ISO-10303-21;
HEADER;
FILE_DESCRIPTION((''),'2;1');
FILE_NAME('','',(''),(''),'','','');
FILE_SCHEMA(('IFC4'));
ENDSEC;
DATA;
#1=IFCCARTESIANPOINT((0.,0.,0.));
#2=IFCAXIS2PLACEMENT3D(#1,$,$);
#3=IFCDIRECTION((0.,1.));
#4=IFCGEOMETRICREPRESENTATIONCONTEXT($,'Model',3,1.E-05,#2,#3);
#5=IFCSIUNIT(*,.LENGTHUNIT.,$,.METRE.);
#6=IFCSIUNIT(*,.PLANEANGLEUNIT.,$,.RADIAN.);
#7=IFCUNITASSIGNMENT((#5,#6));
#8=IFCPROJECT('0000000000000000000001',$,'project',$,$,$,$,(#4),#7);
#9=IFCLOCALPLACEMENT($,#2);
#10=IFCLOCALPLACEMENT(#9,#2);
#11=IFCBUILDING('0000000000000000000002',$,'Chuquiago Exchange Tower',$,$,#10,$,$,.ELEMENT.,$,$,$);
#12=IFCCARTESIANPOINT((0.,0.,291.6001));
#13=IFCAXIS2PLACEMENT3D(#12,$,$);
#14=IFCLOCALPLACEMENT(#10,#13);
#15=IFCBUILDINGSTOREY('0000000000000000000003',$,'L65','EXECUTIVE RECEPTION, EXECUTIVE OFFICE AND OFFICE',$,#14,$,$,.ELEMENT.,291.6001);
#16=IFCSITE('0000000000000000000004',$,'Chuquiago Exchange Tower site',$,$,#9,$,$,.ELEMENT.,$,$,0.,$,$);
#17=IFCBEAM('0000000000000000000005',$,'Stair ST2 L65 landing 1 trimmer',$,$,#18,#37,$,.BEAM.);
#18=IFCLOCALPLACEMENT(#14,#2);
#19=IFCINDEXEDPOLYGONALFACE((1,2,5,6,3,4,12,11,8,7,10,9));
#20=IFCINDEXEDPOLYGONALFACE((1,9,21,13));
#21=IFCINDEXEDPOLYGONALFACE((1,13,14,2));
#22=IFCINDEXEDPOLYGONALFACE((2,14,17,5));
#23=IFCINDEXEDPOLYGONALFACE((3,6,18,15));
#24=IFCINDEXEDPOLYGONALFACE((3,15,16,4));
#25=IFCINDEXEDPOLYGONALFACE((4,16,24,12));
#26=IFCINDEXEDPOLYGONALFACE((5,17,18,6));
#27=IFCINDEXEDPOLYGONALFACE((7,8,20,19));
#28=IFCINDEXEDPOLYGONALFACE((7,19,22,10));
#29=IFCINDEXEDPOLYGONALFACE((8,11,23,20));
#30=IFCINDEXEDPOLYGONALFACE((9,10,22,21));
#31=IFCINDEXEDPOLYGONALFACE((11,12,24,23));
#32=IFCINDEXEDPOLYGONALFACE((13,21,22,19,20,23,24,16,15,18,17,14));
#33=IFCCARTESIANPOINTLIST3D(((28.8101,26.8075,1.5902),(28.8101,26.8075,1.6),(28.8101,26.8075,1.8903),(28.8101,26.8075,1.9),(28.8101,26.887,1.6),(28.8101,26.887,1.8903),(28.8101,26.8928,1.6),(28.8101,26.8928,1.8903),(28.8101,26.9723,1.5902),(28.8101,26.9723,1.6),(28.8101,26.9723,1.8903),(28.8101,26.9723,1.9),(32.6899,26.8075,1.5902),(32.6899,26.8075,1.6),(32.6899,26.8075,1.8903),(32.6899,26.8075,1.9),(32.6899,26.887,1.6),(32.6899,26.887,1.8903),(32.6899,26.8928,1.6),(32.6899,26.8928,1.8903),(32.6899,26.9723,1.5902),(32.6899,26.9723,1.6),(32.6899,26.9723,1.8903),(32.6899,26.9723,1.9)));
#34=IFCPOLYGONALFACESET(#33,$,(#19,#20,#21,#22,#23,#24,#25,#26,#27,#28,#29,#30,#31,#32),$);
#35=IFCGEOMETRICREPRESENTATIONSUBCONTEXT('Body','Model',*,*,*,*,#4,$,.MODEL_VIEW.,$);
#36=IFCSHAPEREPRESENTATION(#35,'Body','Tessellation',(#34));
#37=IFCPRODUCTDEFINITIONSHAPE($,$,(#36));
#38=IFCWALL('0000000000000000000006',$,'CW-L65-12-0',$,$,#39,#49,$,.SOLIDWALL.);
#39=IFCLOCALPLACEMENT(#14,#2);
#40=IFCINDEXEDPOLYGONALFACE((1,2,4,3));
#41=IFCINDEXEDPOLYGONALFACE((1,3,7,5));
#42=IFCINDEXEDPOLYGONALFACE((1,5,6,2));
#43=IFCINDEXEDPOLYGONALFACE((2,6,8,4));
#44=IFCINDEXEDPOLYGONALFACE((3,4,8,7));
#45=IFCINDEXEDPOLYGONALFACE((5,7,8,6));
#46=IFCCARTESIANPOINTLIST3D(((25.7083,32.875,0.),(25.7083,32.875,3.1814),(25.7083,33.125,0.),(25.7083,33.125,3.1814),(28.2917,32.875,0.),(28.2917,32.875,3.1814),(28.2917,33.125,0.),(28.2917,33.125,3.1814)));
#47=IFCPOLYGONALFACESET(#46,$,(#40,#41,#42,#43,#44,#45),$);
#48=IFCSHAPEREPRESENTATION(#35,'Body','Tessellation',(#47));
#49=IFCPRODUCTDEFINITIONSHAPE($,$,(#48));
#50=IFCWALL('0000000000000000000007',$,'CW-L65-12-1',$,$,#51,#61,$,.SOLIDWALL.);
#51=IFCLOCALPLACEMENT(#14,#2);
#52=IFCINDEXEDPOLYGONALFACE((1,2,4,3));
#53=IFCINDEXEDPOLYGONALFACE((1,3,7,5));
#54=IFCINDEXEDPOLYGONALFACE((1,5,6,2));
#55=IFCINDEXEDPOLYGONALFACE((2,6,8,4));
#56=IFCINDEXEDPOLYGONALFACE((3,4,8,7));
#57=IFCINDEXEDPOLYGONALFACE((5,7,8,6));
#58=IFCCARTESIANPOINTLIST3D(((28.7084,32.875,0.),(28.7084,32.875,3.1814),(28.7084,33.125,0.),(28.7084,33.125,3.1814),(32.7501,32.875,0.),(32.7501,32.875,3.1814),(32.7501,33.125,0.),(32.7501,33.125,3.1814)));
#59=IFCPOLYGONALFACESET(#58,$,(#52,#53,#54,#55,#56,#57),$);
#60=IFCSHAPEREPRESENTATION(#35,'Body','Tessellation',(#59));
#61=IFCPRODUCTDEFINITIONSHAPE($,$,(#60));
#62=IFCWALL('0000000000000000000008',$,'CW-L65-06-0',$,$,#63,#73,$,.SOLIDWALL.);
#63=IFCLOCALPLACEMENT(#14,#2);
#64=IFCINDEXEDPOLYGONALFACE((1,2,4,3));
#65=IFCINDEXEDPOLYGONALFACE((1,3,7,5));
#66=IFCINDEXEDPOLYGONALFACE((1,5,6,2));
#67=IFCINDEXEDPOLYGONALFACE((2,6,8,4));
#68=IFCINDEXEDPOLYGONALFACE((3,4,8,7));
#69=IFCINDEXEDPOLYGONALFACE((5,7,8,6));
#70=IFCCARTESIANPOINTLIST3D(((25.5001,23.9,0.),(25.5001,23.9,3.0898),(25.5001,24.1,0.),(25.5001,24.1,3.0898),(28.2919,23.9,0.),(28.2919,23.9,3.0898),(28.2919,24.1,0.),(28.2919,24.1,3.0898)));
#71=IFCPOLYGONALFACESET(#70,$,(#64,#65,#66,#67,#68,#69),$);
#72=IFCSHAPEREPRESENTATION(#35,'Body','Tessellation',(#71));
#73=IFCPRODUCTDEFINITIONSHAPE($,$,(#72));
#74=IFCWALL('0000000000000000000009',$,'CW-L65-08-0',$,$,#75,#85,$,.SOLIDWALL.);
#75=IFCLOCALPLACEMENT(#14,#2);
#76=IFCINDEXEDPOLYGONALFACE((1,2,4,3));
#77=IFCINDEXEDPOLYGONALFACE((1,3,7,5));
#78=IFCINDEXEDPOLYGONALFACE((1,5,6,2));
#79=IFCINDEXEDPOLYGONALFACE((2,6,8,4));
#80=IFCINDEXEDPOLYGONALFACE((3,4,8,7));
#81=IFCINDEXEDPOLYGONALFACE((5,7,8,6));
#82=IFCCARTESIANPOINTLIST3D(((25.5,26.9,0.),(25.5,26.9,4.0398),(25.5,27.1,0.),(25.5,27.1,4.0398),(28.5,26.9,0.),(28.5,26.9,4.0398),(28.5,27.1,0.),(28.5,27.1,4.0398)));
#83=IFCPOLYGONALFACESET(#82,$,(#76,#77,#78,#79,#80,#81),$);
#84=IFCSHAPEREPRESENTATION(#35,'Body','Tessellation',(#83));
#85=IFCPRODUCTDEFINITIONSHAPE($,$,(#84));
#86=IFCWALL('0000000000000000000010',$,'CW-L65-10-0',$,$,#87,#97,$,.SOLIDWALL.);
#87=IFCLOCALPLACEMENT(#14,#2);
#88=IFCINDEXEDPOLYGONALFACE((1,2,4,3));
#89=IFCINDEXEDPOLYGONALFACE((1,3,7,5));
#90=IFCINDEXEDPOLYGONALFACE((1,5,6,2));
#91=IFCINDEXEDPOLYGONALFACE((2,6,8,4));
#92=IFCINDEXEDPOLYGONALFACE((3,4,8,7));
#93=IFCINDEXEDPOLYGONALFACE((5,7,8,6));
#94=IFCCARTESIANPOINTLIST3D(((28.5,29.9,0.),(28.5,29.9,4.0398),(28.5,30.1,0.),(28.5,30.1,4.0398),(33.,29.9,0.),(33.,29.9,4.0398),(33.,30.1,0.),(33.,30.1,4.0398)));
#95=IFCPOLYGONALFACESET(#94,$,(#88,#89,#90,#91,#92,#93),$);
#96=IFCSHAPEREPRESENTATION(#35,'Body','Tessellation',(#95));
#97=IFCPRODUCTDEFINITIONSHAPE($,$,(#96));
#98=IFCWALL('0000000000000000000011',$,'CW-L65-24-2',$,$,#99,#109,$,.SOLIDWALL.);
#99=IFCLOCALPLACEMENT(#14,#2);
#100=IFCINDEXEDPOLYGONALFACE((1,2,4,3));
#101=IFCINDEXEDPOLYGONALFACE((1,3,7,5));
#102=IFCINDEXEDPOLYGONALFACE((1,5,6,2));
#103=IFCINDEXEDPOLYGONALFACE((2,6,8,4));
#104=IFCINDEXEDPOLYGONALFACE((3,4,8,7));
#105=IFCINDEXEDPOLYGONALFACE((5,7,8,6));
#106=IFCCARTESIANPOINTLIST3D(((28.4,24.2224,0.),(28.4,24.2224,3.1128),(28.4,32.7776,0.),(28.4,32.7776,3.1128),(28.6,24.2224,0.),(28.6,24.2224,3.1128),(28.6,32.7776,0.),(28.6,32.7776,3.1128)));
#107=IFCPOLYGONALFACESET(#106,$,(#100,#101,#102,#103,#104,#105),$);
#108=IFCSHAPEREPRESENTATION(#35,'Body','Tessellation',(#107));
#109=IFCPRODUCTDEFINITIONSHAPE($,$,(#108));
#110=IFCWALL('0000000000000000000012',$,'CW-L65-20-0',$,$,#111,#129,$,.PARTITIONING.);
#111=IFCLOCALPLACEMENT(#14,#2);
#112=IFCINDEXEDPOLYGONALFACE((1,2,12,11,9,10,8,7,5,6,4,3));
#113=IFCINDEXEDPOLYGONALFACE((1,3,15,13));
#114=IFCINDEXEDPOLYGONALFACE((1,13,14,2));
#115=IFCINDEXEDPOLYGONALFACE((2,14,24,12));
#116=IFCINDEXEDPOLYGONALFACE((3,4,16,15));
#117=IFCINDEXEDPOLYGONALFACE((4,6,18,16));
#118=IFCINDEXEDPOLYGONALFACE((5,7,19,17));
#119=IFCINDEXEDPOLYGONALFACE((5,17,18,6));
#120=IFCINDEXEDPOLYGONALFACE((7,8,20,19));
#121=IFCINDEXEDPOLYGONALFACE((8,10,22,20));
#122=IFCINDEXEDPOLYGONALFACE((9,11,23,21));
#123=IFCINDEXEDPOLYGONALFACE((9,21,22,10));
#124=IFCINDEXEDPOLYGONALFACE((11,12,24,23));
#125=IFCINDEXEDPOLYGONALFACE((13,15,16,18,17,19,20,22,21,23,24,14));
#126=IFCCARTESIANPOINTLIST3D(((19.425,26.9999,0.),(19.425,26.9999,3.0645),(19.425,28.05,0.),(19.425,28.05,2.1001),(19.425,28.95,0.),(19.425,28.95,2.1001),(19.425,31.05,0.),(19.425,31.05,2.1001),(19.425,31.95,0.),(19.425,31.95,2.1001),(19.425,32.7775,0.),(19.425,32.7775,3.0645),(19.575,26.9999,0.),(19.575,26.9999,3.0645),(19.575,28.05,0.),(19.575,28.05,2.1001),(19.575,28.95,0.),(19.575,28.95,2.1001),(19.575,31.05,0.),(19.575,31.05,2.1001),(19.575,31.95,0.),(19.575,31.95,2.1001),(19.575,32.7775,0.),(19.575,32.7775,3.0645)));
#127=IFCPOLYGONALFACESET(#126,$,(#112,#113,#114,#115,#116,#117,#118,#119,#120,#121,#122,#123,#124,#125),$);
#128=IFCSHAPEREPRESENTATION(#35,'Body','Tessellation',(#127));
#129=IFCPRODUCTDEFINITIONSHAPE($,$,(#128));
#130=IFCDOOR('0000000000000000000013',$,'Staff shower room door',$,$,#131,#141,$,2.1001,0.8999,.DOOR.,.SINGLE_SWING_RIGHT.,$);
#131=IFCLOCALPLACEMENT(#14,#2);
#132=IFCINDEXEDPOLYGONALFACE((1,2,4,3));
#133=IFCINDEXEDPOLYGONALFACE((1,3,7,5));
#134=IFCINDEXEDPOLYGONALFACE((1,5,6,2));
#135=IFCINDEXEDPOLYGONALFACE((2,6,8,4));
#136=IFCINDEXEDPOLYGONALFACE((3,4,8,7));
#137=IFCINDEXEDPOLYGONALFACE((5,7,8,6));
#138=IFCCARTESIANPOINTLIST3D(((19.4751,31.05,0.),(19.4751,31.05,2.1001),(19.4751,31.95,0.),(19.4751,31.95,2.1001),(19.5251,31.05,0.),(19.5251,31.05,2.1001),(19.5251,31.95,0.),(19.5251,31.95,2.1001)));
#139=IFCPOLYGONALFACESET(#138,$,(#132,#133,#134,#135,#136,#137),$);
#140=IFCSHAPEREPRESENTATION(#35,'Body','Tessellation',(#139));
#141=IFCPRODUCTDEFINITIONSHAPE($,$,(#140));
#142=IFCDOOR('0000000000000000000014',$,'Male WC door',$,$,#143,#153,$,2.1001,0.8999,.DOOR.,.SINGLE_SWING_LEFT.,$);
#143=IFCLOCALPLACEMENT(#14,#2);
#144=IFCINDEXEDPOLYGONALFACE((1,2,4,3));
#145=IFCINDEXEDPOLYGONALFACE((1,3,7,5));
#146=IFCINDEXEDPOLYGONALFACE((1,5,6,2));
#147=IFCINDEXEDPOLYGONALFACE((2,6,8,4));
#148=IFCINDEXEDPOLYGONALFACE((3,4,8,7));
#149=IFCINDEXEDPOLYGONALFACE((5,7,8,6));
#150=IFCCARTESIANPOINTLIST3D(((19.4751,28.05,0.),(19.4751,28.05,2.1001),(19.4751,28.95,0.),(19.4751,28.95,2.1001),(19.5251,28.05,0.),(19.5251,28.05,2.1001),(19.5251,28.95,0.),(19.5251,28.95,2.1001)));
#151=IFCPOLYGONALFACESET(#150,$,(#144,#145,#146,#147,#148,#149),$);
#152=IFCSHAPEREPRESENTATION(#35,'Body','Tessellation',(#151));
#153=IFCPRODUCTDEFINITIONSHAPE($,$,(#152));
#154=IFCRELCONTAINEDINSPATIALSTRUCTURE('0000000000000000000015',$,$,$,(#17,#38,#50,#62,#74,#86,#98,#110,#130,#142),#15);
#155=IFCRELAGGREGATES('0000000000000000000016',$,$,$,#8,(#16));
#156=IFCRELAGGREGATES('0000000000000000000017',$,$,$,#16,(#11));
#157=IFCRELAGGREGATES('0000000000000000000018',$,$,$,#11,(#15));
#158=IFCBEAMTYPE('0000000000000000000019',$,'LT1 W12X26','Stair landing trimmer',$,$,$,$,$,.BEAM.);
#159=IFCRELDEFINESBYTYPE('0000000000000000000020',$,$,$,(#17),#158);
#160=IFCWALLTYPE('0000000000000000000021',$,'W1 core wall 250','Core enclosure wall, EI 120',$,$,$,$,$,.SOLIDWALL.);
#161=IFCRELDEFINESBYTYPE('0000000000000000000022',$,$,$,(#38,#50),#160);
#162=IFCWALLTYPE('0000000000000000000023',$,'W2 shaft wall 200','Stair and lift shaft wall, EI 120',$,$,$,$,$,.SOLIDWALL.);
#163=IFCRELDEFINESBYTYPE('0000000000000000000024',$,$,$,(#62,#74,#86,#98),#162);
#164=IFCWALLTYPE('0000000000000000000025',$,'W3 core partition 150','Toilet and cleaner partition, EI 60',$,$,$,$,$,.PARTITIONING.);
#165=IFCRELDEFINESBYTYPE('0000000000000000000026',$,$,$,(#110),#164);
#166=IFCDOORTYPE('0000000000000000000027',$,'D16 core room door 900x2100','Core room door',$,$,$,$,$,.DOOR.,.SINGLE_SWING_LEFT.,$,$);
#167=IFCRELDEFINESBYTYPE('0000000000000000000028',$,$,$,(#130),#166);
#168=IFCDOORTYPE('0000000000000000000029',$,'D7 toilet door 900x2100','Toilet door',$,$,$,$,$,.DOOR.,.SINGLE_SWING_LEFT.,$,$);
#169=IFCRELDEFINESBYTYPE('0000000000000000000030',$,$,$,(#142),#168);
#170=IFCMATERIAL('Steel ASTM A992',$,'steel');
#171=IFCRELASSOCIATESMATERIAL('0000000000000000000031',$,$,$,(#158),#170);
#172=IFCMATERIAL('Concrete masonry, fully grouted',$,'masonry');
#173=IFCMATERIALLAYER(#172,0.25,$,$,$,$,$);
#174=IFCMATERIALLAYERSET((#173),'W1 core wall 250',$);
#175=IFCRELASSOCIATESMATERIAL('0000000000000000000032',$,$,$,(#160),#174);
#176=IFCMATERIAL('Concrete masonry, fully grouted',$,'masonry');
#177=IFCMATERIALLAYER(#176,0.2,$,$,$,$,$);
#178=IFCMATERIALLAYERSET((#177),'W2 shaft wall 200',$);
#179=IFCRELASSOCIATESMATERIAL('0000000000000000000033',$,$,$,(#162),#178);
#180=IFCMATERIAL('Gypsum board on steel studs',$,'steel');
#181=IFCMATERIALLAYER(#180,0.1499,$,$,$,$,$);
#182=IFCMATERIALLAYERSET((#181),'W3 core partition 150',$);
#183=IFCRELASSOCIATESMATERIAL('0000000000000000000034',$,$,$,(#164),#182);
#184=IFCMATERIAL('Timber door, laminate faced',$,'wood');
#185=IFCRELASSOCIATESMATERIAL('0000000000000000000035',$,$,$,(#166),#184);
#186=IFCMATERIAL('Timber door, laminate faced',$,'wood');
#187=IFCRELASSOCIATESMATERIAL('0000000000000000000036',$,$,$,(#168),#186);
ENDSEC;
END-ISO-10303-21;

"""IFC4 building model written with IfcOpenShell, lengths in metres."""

from ifc_helpers import new_model, si_unit, direction, frame, frame_2d, origin, origin_2d, place, context, subcontext, project, spatial, rectangle, i_section, extrude, material, layer, layer_set, material_profile, profile_set, type_object, element, fill, save


model = new_model("IFC4")

# Units and contexts
model_context = context("Model", 3, precision=1e-05, world=origin(), true_north=direction((0.0, 1.0)))
body_context = subcontext(model_context, "Body", "Model", "MODEL_VIEW")
ifc_project = project(units=[si_unit("LENGTHUNIT", "METRE"), si_unit("PLANEANGLEUNIT", "RADIAN")], contexts=[model_context])

# Site, building, storey
site_placement = place(None, origin())
site = spatial("IfcSite", under=ifc_project, at=site_placement, Name="Chuquiago Exchange Tower site", CompositionType="ELEMENT", RefElevation=0.0)
building_placement = place(site_placement, origin())
building = spatial("IfcBuilding", under=site, at=building_placement, Name="Chuquiago Exchange Tower", CompositionType="ELEMENT")
storey_placement = place(building_placement, frame((0.0, 0.0, 291.6001)))
storey = spatial("IfcBuildingStorey", under=building, at=storey_placement, Name="L65", Description="EXECUTIVE RECEPTION, EXECUTIVE OFFICE AND OFFICE", CompositionType="ELEMENT", Elevation=291.6001)

# Beam
ifc_material_1 = material(Name="Steel ASTM A992", Category="steel")
ifc_material_profile_1 = material_profile(ifc_material_1, i_section(OverallWidth=0.1648, OverallDepth=0.3098, WebThickness=0.0059, FlangeThickness=0.0098, at=origin_2d()), Name="W12X26")
ifc_profile_set_1 = profile_set([ifc_material_profile_1], Name="Steel ASTM A992")
beam_type_1 = type_object("IfcBeamType", Name="LT1 W12X26", Description="Stair landing trimmer", PredefinedType="BEAM", material=ifc_profile_set_1)
for number, where, z_axis, x_axis, name in (
    (1, (28.8101, 26.8899, 1.7451), (1.0, 0.0, 0.0), (0.0, 1.0, 0.0), "Stair ST2 L65 landing 1 trimmer"),
):
    element("IfcBeam", number, at=place(storey_placement, frame(where, z_axis=z_axis, x_axis=x_axis)), inside=storey, type_object=beam_type_1, Name=name, PredefinedType="BEAM", context=body_context, shape_type="SweptSolid", body=[
        extrude(i_section(OverallWidth=0.1648, OverallDepth=0.3098, WebThickness=0.0059, FlangeThickness=0.0098, at=origin_2d()), origin(), (0.0, 0.0, 1.0), 3.8799),
    ])

# Walls
ifc_material_2 = material(Name="Concrete masonry, fully grouted", Category="masonry")
ifc_layer_1 = layer(ifc_material_2, 0.25)
ifc_layer_set_1 = layer_set([ifc_layer_1], Name="W1 core wall 250")
wall_type_1 = type_object("IfcWallType", Name="W1 core wall 250", Description="Core enclosure wall, EI 120", PredefinedType="SOLIDWALL", material=ifc_layer_set_1)
wall_1_placement = place(storey_placement, frame((25.7083, 33.0, 0.0), z_axis=(0.0, 0.0, 1.0), x_axis=(1.0, 0.0, 0.0)))
element("IfcWall", 2, at=wall_1_placement, inside=storey, type_object=wall_type_1, Name="CW-L65-12-0", PredefinedType="SOLIDWALL", context=body_context, shape_type="SweptSolid", body=[
    extrude(rectangle(XDim=2.5835, YDim=0.25, at=frame_2d((1.2917, 0.0))), origin(), (0.0, 0.0, 1.0), 3.1814),
])
wall_2_placement = place(storey_placement, frame((28.7083, 33.0, 0.0), z_axis=(0.0, 0.0, 1.0), x_axis=(1.0, 0.0, 0.0)))
element("IfcWall", 3, at=wall_2_placement, inside=storey, type_object=wall_type_1, Name="CW-L65-12-1", PredefinedType="SOLIDWALL", context=body_context, shape_type="SweptSolid", body=[
    extrude(rectangle(XDim=4.0417, YDim=0.25, at=frame_2d((2.021, 0.0))), origin(), (0.0, 0.0, 1.0), 3.1814),
])
ifc_material_3 = material(Name="Concrete masonry, fully grouted", Category="masonry")
ifc_layer_2 = layer(ifc_material_3, 0.2)
ifc_layer_set_2 = layer_set([ifc_layer_2], Name="W2 shaft wall 200")
wall_type_2 = type_object("IfcWallType", Name="W2 shaft wall 200", Description="Stair and lift shaft wall, EI 120", PredefinedType="SOLIDWALL", material=ifc_layer_set_2)
wall_3_placement = place(storey_placement, frame((25.5, 24.0, 0.0), z_axis=(0.0, 0.0, 1.0), x_axis=(1.0, 0.0, 0.0)))
element("IfcWall", 4, at=wall_3_placement, inside=storey, type_object=wall_type_2, Name="CW-L65-06-0", PredefinedType="SOLIDWALL", context=body_context, shape_type="SweptSolid", body=[
    extrude(rectangle(XDim=2.7917, YDim=0.2, at=frame_2d((1.396, 0.0))), origin(), (0.0, 0.0, 1.0), 3.0898),
])
wall_4_placement = place(storey_placement, frame((25.5, 27.0, 0.0), z_axis=(0.0, 0.0, 1.0), x_axis=(1.0, 0.0, 0.0)))
element("IfcWall", 5, at=wall_4_placement, inside=storey, type_object=wall_type_2, Name="CW-L65-08-0", PredefinedType="SOLIDWALL", context=body_context, shape_type="SweptSolid", body=[
    extrude(rectangle(XDim=3.0, YDim=0.2, at=frame_2d((1.5, 0.0))), origin(), (0.0, 0.0, 1.0), 4.0398),
])
wall_5_placement = place(storey_placement, frame((28.5, 30.0, 0.0), z_axis=(0.0, 0.0, 1.0), x_axis=(1.0, 0.0, 0.0)))
element("IfcWall", 6, at=wall_5_placement, inside=storey, type_object=wall_type_2, Name="CW-L65-10-0", PredefinedType="SOLIDWALL", context=body_context, shape_type="SweptSolid", body=[
    extrude(rectangle(XDim=4.5, YDim=0.2, at=frame_2d((2.25, 0.0))), origin(), (0.0, 0.0, 1.0), 4.0398),
])
wall_6_placement = place(storey_placement, frame((28.5, 24.2224, 0.0), z_axis=(0.0, 0.0, 1.0), x_axis=(0.0, 1.0, 0.0)))
element("IfcWall", 7, at=wall_6_placement, inside=storey, type_object=wall_type_2, Name="CW-L65-24-2", PredefinedType="SOLIDWALL", context=body_context, shape_type="SweptSolid", body=[
    extrude(rectangle(XDim=8.5552, YDim=0.2, at=frame_2d((4.2776, 0.0))), origin(), (0.0, 0.0, 1.0), 3.1128),
])

# Wall, openings, doors
ifc_material_4 = material(Name="Gypsum board on steel studs", Category="steel")
ifc_layer_3 = layer(ifc_material_4, 0.1499)
ifc_layer_set_3 = layer_set([ifc_layer_3], Name="W3 core partition 150")
wall_type_3 = type_object("IfcWallType", Name="W3 core partition 150", Description="Toilet and cleaner partition, EI 60", PredefinedType="PARTITIONING", material=ifc_layer_set_3)
wall_7_placement = place(storey_placement, frame((19.5, 27.0, 0.0), z_axis=(0.0, 0.0, 1.0), x_axis=(0.0, 1.0, 0.0)))
wall_7 = element("IfcWall", 8, at=wall_7_placement, inside=storey, type_object=wall_type_3, Name="CW-L65-20-0", PredefinedType="PARTITIONING", context=body_context, shape_type="SweptSolid", body=[
    extrude(rectangle(XDim=5.7776, YDim=0.1499, at=frame_2d((2.8887, 0.0))), origin(), (0.0, 0.0, 1.0), 3.0645),
])
opening_1_placement = place(wall_7_placement, frame((1.05, 0.0, 0.0)))
opening_1 = element("IfcOpeningElement", 9, at=opening_1_placement, cuts=wall_7, PredefinedType="OPENING", context=body_context, shape_type="SweptSolid", body=[
    extrude(rectangle(XDim=0.8999, YDim=2.1001, at=frame_2d((0.45, 1.05))), frame((0.0, 0.085, 0.0), z_axis=(0.0, -1.0, 0.0), x_axis=(1.0, 0.0, 0.0)), (0.0, 0.0, 1.0), 0.1699),
])
opening_2_placement = place(wall_7_placement, frame((4.05, 0.0, 0.0)))
opening_2 = element("IfcOpeningElement", 10, at=opening_2_placement, cuts=wall_7, PredefinedType="OPENING", context=body_context, shape_type="SweptSolid", body=[
    extrude(rectangle(XDim=0.8999, YDim=2.1001, at=frame_2d((0.45, 1.05))), frame((0.0, 0.085, 0.0), z_axis=(0.0, -1.0, 0.0), x_axis=(1.0, 0.0, 0.0)), (0.0, 0.0, 1.0), 0.1699),
])
ifc_material_5 = material(Name="Timber door, laminate faced", Category="wood")
door_type_1 = type_object("IfcDoorType", Name="D16 core room door 900x2100", Description="Core room door", OperationType="SINGLE_SWING_LEFT", PredefinedType="DOOR", material=ifc_material_5)
door_1_placement = place(opening_2_placement, origin())
door_1 = element("IfcDoor", 11, at=door_1_placement, inside=storey, type_object=door_type_1, Name="Staff shower room door", OperationType="SINGLE_SWING_RIGHT", OverallHeight=2.1001, OverallWidth=0.8999, PredefinedType="DOOR", context=body_context, shape_type="SweptSolid", body=[
    extrude(rectangle(XDim=0.8999, YDim=2.1001, at=frame_2d((0.45, 1.05))), frame((0.0, 0.0249, 0.0), z_axis=(0.0, -1.0, 0.0), x_axis=(1.0, 0.0, 0.0)), (0.0, 0.0, 1.0), 0.05),
])
fill(opening_2, door_1)
ifc_material_6 = material(Name="Timber door, laminate faced", Category="wood")
door_type_2 = type_object("IfcDoorType", Name="D7 toilet door 900x2100", Description="Toilet door", OperationType="SINGLE_SWING_LEFT", PredefinedType="DOOR", material=ifc_material_6)
door_2_placement = place(opening_1_placement, origin())
door_2 = element("IfcDoor", 12, at=door_2_placement, inside=storey, type_object=door_type_2, Name="Male WC door", OperationType="SINGLE_SWING_LEFT", OverallHeight=2.1001, OverallWidth=0.8999, PredefinedType="DOOR", context=body_context, shape_type="SweptSolid", body=[
    extrude(rectangle(XDim=0.8999, YDim=2.1001, at=frame_2d((0.45, 1.05))), frame((0.0, 0.0249, 0.0), z_axis=(0.0, -1.0, 0.0), x_axis=(1.0, 0.0, 0.0)), (0.0, 0.0, 1.0), 0.05),
])
fill(opening_1, door_2)

save(model, "model.ifc")
